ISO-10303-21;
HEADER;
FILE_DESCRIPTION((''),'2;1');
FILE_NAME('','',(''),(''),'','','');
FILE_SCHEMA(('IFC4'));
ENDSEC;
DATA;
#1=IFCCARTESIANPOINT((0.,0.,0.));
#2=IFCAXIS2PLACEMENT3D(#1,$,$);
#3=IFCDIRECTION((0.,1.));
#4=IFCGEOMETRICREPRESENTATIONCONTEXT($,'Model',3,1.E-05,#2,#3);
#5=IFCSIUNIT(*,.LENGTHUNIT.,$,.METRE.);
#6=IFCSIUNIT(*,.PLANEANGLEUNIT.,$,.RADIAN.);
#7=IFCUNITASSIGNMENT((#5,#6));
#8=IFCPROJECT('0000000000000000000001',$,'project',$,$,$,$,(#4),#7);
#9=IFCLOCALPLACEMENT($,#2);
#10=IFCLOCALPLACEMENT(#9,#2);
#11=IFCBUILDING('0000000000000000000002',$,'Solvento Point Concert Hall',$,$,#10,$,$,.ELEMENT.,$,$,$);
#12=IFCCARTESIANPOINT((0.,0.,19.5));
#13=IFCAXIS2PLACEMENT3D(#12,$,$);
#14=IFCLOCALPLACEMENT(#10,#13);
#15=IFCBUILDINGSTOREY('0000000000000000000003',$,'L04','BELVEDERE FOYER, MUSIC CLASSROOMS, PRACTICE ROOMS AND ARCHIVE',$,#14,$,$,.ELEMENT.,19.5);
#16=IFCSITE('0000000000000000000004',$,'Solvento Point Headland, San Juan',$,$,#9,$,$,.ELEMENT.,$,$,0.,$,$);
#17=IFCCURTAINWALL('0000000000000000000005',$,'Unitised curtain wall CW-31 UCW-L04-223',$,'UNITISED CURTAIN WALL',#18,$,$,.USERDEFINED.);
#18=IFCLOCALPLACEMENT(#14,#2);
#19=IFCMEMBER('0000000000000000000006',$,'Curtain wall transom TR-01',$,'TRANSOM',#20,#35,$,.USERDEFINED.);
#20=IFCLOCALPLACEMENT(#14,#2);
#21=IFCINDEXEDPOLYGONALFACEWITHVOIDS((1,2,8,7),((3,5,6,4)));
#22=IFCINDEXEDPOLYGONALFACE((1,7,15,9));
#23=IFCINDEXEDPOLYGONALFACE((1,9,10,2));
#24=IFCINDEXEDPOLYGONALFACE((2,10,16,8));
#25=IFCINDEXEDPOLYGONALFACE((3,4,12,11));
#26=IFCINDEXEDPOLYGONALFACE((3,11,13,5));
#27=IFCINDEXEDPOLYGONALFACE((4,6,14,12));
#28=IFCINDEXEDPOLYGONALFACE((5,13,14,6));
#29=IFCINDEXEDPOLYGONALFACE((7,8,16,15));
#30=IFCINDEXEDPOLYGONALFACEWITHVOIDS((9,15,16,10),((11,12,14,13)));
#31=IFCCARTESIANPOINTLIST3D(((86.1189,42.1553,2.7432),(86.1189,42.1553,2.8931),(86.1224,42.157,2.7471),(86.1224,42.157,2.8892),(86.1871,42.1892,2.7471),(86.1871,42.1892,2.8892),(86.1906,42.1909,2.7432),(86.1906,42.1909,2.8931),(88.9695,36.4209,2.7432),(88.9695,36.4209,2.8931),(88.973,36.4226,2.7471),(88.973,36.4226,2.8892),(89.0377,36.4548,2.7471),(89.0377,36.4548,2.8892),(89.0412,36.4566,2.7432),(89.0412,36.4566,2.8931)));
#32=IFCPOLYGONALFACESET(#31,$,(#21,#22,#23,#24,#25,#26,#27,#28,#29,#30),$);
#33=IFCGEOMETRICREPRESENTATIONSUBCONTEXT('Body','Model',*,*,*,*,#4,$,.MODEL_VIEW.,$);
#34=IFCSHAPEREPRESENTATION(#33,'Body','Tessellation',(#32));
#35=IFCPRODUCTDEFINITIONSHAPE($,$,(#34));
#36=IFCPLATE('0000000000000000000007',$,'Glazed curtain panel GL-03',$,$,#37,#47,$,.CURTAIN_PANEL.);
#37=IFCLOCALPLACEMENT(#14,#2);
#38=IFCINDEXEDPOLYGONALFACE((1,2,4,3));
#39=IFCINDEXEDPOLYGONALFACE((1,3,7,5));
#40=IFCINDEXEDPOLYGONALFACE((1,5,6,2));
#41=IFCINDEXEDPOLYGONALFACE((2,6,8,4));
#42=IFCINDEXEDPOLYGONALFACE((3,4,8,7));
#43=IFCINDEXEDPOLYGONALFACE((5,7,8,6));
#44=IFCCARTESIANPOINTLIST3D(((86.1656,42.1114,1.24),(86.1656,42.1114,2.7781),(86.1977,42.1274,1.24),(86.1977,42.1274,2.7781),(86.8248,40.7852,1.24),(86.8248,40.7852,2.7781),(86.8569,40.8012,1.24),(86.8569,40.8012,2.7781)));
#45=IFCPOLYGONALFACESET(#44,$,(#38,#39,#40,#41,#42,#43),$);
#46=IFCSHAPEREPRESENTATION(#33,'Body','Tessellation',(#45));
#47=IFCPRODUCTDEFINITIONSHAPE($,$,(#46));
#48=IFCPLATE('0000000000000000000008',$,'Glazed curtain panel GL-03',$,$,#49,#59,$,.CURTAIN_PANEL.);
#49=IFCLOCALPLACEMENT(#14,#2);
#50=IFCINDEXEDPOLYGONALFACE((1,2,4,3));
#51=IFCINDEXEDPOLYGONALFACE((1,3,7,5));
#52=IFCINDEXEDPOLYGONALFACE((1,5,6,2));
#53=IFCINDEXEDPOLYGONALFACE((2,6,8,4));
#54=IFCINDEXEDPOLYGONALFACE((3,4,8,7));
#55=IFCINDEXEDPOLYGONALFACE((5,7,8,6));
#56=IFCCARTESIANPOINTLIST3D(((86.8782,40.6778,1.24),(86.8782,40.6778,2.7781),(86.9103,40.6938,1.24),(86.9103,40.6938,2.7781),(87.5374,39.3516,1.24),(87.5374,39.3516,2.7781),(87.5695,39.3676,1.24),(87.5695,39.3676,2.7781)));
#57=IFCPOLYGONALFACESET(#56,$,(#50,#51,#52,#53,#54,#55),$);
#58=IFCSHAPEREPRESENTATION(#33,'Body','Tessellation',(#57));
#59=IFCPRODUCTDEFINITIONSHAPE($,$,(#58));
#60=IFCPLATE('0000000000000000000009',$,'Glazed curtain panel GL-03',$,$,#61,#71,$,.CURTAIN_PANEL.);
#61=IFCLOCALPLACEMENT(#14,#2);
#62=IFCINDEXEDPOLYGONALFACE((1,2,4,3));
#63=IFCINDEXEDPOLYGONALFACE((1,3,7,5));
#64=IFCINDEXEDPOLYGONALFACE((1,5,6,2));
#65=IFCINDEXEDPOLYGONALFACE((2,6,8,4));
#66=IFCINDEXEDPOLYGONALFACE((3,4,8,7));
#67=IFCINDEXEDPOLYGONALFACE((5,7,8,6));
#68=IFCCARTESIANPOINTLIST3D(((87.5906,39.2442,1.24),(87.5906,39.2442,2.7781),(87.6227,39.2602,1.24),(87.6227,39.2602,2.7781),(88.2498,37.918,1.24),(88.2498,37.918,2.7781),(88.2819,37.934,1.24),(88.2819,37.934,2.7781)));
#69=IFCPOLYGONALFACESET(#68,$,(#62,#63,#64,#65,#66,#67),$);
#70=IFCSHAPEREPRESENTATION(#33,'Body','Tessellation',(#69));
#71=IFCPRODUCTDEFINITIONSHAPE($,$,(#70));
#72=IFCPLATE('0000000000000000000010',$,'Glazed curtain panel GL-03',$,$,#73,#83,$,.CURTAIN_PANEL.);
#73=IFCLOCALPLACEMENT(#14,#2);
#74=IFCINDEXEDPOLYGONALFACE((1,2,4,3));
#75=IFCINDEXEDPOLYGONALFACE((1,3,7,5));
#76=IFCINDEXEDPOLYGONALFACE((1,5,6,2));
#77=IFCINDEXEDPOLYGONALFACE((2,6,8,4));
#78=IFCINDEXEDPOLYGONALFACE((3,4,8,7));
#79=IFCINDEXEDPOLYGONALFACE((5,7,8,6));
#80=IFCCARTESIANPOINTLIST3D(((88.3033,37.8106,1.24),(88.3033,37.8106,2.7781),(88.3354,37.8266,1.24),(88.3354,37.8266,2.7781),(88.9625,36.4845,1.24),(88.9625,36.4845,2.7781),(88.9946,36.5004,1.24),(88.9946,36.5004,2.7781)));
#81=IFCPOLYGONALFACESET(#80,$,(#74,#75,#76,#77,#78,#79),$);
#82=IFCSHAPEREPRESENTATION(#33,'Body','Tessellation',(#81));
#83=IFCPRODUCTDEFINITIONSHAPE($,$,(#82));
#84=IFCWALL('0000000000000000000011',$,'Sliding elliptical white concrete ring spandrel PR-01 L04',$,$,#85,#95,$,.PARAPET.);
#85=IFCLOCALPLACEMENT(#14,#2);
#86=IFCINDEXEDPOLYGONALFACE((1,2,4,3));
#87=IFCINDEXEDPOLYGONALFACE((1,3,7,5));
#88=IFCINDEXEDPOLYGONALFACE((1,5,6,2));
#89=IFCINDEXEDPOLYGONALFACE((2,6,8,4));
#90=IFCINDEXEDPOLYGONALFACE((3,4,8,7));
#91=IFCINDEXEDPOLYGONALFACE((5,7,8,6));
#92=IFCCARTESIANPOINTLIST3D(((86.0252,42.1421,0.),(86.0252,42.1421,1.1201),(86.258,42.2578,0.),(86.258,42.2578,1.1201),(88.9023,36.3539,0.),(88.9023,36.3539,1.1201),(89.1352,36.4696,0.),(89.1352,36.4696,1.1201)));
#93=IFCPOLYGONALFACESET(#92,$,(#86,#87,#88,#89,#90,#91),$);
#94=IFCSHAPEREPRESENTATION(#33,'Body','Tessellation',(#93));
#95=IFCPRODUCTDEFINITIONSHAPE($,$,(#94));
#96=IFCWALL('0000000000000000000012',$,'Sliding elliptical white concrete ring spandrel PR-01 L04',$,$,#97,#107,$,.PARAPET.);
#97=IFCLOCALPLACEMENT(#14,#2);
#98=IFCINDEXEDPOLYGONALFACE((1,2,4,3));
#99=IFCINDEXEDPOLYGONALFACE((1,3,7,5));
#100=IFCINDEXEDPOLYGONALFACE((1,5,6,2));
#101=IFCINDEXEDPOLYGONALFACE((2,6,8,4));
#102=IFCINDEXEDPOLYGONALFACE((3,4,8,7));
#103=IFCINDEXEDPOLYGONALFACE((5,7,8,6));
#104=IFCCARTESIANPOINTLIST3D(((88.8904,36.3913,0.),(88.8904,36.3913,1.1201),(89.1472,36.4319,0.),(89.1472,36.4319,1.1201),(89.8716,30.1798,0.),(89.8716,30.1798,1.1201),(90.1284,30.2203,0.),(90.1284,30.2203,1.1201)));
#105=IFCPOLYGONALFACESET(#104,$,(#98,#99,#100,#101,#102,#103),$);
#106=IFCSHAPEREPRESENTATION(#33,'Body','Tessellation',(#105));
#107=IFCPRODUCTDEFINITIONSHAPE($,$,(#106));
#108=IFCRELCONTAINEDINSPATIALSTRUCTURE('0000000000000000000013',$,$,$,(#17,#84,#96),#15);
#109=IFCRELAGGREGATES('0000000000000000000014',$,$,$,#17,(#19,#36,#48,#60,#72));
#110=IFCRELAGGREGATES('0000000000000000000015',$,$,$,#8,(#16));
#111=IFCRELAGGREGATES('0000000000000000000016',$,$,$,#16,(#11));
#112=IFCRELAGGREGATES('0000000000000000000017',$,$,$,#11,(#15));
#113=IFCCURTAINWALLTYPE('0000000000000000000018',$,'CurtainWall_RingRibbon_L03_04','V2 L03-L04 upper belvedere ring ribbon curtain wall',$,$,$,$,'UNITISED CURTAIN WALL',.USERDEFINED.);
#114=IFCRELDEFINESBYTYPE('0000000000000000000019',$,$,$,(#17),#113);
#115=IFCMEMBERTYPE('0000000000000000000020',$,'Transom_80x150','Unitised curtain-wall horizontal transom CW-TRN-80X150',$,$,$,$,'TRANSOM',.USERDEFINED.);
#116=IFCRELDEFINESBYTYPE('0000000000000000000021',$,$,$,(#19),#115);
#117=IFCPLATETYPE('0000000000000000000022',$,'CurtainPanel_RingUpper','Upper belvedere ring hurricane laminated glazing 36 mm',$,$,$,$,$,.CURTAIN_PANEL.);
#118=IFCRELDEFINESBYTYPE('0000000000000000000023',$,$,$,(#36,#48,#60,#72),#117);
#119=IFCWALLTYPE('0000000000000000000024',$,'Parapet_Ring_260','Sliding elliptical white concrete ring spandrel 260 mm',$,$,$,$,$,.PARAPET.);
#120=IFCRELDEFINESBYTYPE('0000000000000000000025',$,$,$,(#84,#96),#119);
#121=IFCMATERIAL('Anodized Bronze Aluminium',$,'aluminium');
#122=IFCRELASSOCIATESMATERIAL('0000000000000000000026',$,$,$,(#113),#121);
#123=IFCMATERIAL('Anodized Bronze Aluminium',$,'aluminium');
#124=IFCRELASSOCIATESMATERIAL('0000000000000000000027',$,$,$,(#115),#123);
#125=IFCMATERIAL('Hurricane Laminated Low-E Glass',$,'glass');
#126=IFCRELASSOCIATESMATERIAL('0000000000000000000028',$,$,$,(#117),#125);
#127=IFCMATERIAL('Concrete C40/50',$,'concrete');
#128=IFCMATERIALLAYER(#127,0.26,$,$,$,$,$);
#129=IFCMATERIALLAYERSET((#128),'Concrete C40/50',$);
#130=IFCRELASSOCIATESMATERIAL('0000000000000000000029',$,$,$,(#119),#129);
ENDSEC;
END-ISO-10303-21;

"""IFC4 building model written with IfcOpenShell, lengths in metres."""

from ifc_helpers import new_model, si_unit, direction, frame, frame_2d, origin, origin_2d, place, context, subcontext, project, spatial, rectangle, hollow_rectangle, extrude, material, layer, layer_set, material_profile, profile_set, type_object, element, aggregate, save


model = new_model("IFC4")

# Units and contexts
model_context = context("Model", 3, precision=1e-05, world=origin(), true_north=direction((0.0, 1.0)))
body_context = subcontext(model_context, "Body", "Model", "MODEL_VIEW")
ifc_project = project(units=[si_unit("LENGTHUNIT", "METRE"), si_unit("PLANEANGLEUNIT", "RADIAN")], contexts=[model_context])

# Site, building, storey
site_placement = place(None, origin())
site = spatial("IfcSite", under=ifc_project, at=site_placement, Name="Solvento Point Headland, San Juan", CompositionType="ELEMENT", RefElevation=0.0)
building_placement = place(site_placement, origin())
building = spatial("IfcBuilding", under=site, at=building_placement, Name="Solvento Point Concert Hall", CompositionType="ELEMENT")
storey_placement = place(building_placement, frame((0.0, 0.0, 19.5)))
storey = spatial("IfcBuildingStorey", under=building, at=storey_placement, Name="L04", Description="BELVEDERE FOYER, MUSIC CLASSROOMS, PRACTICE ROOMS AND ARCHIVE", CompositionType="ELEMENT", Elevation=19.5)

# Curtain wall, member, plates
ifc_material_1 = material(Name="Anodized Bronze Aluminium", Category="aluminium")
curtain_wall_type = type_object("IfcCurtainWallType", Name="CurtainWall_RingRibbon_L03_04", Description="V2 L03-L04 upper belvedere ring ribbon curtain wall", ElementType="UNITISED CURTAIN WALL", PredefinedType="USERDEFINED", material=ifc_material_1)
curtain_wall_placement = place(storey_placement, origin())
curtain_wall = element("IfcCurtainWall", 1, at=curtain_wall_placement, inside=storey, type_object=curtain_wall_type, Name="Unitised curtain wall CW-31 UCW-L04-223", ObjectType="UNITISED CURTAIN WALL", PredefinedType="USERDEFINED")
ifc_material_2 = material(Name="Anodized Bronze Aluminium", Category="aluminium")
ifc_material_profile_1 = material_profile(ifc_material_2, hollow_rectangle(XDim=0.0801, YDim=0.1499, WallThickness=0.0039, at=origin_2d()), Name="CW-TRN-80X150")
ifc_profile_set_1 = profile_set([ifc_material_profile_1], Name="Anodized Bronze Aluminium")
member_type_1 = type_object("IfcMemberType", Name="Transom_80x150", Description="Unitised curtain-wall horizontal transom CW-TRN-80X150", ElementType="TRANSOM", PredefinedType="USERDEFINED", material=ifc_profile_set_1)
member_1_placement = place(storey_placement, frame((86.1548, 42.1731, 2.8181), z_axis=(0.445138, -0.895462, 0.0), x_axis=(0.895462, 0.445138, 0.0)))
member_1 = element("IfcMember", 2, at=member_1_placement, type_object=member_type_1, Name="Curtain wall transom TR-01", ObjectType="TRANSOM", PredefinedType="USERDEFINED", context=body_context, shape_type="SweptSolid", body=[
    extrude(hollow_rectangle(XDim=0.0801, YDim=0.1499, WallThickness=0.0039, at=origin_2d()), origin(), (0.0, 0.0, 1.0), 6.4038),
])
ifc_material_3 = material(Name="Hurricane Laminated Low-E Glass", Category="glass")
plate_type = type_object("IfcPlateType", Name="CurtainPanel_RingUpper", Description="Upper belvedere ring hurricane laminated glazing 36 mm", PredefinedType="CURTAIN_PANEL", material=ifc_material_3)
plate_1_placement = place(storey_placement, frame((86.5112, 41.4563, 1.24), z_axis=(0.0, 0.0, 1.0), x_axis=(0.445115, -0.895473, 0.0)))
plate_1 = element("IfcPlate", 3, at=plate_1_placement, type_object=plate_type, Name="Glazed curtain panel GL-03", PredefinedType="CURTAIN_PANEL", context=body_context, shape_type="SweptSolid", body=[
    extrude(rectangle(XDim=1.481, YDim=0.0359, at=origin_2d()), origin(), (0.0, 0.0, 1.0), 1.5381),
])
plate_2_placement = place(storey_placement, frame((87.2239, 40.0227, 1.24), z_axis=(0.0, 0.0, 1.0), x_axis=(0.445115, -0.895473, 0.0)))
plate_2 = element("IfcPlate", 4, at=plate_2_placement, type_object=plate_type, Name="Glazed curtain panel GL-03", PredefinedType="CURTAIN_PANEL", context=body_context, shape_type="SweptSolid", body=[
    extrude(rectangle(XDim=1.481, YDim=0.0359, at=origin_2d()), origin(), (0.0, 0.0, 1.0), 1.5381),
])
plate_3_placement = place(storey_placement, frame((87.9363, 38.5891, 1.24), z_axis=(0.0, 0.0, 1.0), x_axis=(0.445115, -0.895473, 0.0)))
plate_3 = element("IfcPlate", 5, at=plate_3_placement, type_object=plate_type, Name="Glazed curtain panel GL-03", PredefinedType="CURTAIN_PANEL", context=body_context, shape_type="SweptSolid", body=[
    extrude(rectangle(XDim=1.481, YDim=0.0359, at=origin_2d()), origin(), (0.0, 0.0, 1.0), 1.5381),
])
plate_4_placement = place(storey_placement, frame((88.6489, 37.1555, 1.24), z_axis=(0.0, 0.0, 1.0), x_axis=(0.445115, -0.895473, 0.0)))
plate_4 = element("IfcPlate", 6, at=plate_4_placement, type_object=plate_type, Name="Glazed curtain panel GL-03", PredefinedType="CURTAIN_PANEL", context=body_context, shape_type="SweptSolid", body=[
    extrude(rectangle(XDim=1.481, YDim=0.0359, at=origin_2d()), origin(), (0.0, 0.0, 1.0), 1.5381),
])
aggregate(curtain_wall, [member_1, plate_1, plate_2, plate_3, plate_4])

# Walls
ifc_material_4 = material(Name="Concrete C40/50", Category="concrete")
ifc_layer = layer(ifc_material_4, 0.26)
ifc_layer_set = layer_set([ifc_layer], Name="Concrete C40/50")
wall_type = type_object("IfcWallType", Name="Parapet_Ring_260", Description="Sliding elliptical white concrete ring spandrel 260 mm", PredefinedType="PARAPET", material=ifc_layer_set)
wall_1_placement = place(storey_placement, frame((86.1416, 42.2, 0.0), z_axis=(0.0, 0.0, 1.0), x_axis=(0.445112, -0.895475, 0.0)))
element("IfcWall", 7, at=wall_1_placement, inside=storey, type_object=wall_type, Name="Sliding elliptical white concrete ring spandrel PR-01 L04", PredefinedType="PARAPET", context=body_context, shape_type="SweptSolid", body=[
    extrude(rectangle(XDim=6.4639, YDim=0.26, at=frame_2d((3.2319, 0.0))), origin(), (0.0, 0.0, 1.0), 1.1201),
])
wall_2_placement = place(storey_placement, frame((89.0188, 36.4116, 0.0), z_axis=(0.0, 0.0, 1.0), x_axis=(0.156026, -0.987753, 0.0)))
element("IfcWall", 8, at=wall_2_placement, inside=storey, type_object=wall_type, Name="Sliding elliptical white concrete ring spandrel PR-01 L04", PredefinedType="PARAPET", context=body_context, shape_type="SweptSolid", body=[
    extrude(rectangle(XDim=6.2886, YDim=0.26, at=frame_2d((3.1443, 0.0))), origin(), (0.0, 0.0, 1.0), 1.1201),
])

save(model, "model.ifc")
